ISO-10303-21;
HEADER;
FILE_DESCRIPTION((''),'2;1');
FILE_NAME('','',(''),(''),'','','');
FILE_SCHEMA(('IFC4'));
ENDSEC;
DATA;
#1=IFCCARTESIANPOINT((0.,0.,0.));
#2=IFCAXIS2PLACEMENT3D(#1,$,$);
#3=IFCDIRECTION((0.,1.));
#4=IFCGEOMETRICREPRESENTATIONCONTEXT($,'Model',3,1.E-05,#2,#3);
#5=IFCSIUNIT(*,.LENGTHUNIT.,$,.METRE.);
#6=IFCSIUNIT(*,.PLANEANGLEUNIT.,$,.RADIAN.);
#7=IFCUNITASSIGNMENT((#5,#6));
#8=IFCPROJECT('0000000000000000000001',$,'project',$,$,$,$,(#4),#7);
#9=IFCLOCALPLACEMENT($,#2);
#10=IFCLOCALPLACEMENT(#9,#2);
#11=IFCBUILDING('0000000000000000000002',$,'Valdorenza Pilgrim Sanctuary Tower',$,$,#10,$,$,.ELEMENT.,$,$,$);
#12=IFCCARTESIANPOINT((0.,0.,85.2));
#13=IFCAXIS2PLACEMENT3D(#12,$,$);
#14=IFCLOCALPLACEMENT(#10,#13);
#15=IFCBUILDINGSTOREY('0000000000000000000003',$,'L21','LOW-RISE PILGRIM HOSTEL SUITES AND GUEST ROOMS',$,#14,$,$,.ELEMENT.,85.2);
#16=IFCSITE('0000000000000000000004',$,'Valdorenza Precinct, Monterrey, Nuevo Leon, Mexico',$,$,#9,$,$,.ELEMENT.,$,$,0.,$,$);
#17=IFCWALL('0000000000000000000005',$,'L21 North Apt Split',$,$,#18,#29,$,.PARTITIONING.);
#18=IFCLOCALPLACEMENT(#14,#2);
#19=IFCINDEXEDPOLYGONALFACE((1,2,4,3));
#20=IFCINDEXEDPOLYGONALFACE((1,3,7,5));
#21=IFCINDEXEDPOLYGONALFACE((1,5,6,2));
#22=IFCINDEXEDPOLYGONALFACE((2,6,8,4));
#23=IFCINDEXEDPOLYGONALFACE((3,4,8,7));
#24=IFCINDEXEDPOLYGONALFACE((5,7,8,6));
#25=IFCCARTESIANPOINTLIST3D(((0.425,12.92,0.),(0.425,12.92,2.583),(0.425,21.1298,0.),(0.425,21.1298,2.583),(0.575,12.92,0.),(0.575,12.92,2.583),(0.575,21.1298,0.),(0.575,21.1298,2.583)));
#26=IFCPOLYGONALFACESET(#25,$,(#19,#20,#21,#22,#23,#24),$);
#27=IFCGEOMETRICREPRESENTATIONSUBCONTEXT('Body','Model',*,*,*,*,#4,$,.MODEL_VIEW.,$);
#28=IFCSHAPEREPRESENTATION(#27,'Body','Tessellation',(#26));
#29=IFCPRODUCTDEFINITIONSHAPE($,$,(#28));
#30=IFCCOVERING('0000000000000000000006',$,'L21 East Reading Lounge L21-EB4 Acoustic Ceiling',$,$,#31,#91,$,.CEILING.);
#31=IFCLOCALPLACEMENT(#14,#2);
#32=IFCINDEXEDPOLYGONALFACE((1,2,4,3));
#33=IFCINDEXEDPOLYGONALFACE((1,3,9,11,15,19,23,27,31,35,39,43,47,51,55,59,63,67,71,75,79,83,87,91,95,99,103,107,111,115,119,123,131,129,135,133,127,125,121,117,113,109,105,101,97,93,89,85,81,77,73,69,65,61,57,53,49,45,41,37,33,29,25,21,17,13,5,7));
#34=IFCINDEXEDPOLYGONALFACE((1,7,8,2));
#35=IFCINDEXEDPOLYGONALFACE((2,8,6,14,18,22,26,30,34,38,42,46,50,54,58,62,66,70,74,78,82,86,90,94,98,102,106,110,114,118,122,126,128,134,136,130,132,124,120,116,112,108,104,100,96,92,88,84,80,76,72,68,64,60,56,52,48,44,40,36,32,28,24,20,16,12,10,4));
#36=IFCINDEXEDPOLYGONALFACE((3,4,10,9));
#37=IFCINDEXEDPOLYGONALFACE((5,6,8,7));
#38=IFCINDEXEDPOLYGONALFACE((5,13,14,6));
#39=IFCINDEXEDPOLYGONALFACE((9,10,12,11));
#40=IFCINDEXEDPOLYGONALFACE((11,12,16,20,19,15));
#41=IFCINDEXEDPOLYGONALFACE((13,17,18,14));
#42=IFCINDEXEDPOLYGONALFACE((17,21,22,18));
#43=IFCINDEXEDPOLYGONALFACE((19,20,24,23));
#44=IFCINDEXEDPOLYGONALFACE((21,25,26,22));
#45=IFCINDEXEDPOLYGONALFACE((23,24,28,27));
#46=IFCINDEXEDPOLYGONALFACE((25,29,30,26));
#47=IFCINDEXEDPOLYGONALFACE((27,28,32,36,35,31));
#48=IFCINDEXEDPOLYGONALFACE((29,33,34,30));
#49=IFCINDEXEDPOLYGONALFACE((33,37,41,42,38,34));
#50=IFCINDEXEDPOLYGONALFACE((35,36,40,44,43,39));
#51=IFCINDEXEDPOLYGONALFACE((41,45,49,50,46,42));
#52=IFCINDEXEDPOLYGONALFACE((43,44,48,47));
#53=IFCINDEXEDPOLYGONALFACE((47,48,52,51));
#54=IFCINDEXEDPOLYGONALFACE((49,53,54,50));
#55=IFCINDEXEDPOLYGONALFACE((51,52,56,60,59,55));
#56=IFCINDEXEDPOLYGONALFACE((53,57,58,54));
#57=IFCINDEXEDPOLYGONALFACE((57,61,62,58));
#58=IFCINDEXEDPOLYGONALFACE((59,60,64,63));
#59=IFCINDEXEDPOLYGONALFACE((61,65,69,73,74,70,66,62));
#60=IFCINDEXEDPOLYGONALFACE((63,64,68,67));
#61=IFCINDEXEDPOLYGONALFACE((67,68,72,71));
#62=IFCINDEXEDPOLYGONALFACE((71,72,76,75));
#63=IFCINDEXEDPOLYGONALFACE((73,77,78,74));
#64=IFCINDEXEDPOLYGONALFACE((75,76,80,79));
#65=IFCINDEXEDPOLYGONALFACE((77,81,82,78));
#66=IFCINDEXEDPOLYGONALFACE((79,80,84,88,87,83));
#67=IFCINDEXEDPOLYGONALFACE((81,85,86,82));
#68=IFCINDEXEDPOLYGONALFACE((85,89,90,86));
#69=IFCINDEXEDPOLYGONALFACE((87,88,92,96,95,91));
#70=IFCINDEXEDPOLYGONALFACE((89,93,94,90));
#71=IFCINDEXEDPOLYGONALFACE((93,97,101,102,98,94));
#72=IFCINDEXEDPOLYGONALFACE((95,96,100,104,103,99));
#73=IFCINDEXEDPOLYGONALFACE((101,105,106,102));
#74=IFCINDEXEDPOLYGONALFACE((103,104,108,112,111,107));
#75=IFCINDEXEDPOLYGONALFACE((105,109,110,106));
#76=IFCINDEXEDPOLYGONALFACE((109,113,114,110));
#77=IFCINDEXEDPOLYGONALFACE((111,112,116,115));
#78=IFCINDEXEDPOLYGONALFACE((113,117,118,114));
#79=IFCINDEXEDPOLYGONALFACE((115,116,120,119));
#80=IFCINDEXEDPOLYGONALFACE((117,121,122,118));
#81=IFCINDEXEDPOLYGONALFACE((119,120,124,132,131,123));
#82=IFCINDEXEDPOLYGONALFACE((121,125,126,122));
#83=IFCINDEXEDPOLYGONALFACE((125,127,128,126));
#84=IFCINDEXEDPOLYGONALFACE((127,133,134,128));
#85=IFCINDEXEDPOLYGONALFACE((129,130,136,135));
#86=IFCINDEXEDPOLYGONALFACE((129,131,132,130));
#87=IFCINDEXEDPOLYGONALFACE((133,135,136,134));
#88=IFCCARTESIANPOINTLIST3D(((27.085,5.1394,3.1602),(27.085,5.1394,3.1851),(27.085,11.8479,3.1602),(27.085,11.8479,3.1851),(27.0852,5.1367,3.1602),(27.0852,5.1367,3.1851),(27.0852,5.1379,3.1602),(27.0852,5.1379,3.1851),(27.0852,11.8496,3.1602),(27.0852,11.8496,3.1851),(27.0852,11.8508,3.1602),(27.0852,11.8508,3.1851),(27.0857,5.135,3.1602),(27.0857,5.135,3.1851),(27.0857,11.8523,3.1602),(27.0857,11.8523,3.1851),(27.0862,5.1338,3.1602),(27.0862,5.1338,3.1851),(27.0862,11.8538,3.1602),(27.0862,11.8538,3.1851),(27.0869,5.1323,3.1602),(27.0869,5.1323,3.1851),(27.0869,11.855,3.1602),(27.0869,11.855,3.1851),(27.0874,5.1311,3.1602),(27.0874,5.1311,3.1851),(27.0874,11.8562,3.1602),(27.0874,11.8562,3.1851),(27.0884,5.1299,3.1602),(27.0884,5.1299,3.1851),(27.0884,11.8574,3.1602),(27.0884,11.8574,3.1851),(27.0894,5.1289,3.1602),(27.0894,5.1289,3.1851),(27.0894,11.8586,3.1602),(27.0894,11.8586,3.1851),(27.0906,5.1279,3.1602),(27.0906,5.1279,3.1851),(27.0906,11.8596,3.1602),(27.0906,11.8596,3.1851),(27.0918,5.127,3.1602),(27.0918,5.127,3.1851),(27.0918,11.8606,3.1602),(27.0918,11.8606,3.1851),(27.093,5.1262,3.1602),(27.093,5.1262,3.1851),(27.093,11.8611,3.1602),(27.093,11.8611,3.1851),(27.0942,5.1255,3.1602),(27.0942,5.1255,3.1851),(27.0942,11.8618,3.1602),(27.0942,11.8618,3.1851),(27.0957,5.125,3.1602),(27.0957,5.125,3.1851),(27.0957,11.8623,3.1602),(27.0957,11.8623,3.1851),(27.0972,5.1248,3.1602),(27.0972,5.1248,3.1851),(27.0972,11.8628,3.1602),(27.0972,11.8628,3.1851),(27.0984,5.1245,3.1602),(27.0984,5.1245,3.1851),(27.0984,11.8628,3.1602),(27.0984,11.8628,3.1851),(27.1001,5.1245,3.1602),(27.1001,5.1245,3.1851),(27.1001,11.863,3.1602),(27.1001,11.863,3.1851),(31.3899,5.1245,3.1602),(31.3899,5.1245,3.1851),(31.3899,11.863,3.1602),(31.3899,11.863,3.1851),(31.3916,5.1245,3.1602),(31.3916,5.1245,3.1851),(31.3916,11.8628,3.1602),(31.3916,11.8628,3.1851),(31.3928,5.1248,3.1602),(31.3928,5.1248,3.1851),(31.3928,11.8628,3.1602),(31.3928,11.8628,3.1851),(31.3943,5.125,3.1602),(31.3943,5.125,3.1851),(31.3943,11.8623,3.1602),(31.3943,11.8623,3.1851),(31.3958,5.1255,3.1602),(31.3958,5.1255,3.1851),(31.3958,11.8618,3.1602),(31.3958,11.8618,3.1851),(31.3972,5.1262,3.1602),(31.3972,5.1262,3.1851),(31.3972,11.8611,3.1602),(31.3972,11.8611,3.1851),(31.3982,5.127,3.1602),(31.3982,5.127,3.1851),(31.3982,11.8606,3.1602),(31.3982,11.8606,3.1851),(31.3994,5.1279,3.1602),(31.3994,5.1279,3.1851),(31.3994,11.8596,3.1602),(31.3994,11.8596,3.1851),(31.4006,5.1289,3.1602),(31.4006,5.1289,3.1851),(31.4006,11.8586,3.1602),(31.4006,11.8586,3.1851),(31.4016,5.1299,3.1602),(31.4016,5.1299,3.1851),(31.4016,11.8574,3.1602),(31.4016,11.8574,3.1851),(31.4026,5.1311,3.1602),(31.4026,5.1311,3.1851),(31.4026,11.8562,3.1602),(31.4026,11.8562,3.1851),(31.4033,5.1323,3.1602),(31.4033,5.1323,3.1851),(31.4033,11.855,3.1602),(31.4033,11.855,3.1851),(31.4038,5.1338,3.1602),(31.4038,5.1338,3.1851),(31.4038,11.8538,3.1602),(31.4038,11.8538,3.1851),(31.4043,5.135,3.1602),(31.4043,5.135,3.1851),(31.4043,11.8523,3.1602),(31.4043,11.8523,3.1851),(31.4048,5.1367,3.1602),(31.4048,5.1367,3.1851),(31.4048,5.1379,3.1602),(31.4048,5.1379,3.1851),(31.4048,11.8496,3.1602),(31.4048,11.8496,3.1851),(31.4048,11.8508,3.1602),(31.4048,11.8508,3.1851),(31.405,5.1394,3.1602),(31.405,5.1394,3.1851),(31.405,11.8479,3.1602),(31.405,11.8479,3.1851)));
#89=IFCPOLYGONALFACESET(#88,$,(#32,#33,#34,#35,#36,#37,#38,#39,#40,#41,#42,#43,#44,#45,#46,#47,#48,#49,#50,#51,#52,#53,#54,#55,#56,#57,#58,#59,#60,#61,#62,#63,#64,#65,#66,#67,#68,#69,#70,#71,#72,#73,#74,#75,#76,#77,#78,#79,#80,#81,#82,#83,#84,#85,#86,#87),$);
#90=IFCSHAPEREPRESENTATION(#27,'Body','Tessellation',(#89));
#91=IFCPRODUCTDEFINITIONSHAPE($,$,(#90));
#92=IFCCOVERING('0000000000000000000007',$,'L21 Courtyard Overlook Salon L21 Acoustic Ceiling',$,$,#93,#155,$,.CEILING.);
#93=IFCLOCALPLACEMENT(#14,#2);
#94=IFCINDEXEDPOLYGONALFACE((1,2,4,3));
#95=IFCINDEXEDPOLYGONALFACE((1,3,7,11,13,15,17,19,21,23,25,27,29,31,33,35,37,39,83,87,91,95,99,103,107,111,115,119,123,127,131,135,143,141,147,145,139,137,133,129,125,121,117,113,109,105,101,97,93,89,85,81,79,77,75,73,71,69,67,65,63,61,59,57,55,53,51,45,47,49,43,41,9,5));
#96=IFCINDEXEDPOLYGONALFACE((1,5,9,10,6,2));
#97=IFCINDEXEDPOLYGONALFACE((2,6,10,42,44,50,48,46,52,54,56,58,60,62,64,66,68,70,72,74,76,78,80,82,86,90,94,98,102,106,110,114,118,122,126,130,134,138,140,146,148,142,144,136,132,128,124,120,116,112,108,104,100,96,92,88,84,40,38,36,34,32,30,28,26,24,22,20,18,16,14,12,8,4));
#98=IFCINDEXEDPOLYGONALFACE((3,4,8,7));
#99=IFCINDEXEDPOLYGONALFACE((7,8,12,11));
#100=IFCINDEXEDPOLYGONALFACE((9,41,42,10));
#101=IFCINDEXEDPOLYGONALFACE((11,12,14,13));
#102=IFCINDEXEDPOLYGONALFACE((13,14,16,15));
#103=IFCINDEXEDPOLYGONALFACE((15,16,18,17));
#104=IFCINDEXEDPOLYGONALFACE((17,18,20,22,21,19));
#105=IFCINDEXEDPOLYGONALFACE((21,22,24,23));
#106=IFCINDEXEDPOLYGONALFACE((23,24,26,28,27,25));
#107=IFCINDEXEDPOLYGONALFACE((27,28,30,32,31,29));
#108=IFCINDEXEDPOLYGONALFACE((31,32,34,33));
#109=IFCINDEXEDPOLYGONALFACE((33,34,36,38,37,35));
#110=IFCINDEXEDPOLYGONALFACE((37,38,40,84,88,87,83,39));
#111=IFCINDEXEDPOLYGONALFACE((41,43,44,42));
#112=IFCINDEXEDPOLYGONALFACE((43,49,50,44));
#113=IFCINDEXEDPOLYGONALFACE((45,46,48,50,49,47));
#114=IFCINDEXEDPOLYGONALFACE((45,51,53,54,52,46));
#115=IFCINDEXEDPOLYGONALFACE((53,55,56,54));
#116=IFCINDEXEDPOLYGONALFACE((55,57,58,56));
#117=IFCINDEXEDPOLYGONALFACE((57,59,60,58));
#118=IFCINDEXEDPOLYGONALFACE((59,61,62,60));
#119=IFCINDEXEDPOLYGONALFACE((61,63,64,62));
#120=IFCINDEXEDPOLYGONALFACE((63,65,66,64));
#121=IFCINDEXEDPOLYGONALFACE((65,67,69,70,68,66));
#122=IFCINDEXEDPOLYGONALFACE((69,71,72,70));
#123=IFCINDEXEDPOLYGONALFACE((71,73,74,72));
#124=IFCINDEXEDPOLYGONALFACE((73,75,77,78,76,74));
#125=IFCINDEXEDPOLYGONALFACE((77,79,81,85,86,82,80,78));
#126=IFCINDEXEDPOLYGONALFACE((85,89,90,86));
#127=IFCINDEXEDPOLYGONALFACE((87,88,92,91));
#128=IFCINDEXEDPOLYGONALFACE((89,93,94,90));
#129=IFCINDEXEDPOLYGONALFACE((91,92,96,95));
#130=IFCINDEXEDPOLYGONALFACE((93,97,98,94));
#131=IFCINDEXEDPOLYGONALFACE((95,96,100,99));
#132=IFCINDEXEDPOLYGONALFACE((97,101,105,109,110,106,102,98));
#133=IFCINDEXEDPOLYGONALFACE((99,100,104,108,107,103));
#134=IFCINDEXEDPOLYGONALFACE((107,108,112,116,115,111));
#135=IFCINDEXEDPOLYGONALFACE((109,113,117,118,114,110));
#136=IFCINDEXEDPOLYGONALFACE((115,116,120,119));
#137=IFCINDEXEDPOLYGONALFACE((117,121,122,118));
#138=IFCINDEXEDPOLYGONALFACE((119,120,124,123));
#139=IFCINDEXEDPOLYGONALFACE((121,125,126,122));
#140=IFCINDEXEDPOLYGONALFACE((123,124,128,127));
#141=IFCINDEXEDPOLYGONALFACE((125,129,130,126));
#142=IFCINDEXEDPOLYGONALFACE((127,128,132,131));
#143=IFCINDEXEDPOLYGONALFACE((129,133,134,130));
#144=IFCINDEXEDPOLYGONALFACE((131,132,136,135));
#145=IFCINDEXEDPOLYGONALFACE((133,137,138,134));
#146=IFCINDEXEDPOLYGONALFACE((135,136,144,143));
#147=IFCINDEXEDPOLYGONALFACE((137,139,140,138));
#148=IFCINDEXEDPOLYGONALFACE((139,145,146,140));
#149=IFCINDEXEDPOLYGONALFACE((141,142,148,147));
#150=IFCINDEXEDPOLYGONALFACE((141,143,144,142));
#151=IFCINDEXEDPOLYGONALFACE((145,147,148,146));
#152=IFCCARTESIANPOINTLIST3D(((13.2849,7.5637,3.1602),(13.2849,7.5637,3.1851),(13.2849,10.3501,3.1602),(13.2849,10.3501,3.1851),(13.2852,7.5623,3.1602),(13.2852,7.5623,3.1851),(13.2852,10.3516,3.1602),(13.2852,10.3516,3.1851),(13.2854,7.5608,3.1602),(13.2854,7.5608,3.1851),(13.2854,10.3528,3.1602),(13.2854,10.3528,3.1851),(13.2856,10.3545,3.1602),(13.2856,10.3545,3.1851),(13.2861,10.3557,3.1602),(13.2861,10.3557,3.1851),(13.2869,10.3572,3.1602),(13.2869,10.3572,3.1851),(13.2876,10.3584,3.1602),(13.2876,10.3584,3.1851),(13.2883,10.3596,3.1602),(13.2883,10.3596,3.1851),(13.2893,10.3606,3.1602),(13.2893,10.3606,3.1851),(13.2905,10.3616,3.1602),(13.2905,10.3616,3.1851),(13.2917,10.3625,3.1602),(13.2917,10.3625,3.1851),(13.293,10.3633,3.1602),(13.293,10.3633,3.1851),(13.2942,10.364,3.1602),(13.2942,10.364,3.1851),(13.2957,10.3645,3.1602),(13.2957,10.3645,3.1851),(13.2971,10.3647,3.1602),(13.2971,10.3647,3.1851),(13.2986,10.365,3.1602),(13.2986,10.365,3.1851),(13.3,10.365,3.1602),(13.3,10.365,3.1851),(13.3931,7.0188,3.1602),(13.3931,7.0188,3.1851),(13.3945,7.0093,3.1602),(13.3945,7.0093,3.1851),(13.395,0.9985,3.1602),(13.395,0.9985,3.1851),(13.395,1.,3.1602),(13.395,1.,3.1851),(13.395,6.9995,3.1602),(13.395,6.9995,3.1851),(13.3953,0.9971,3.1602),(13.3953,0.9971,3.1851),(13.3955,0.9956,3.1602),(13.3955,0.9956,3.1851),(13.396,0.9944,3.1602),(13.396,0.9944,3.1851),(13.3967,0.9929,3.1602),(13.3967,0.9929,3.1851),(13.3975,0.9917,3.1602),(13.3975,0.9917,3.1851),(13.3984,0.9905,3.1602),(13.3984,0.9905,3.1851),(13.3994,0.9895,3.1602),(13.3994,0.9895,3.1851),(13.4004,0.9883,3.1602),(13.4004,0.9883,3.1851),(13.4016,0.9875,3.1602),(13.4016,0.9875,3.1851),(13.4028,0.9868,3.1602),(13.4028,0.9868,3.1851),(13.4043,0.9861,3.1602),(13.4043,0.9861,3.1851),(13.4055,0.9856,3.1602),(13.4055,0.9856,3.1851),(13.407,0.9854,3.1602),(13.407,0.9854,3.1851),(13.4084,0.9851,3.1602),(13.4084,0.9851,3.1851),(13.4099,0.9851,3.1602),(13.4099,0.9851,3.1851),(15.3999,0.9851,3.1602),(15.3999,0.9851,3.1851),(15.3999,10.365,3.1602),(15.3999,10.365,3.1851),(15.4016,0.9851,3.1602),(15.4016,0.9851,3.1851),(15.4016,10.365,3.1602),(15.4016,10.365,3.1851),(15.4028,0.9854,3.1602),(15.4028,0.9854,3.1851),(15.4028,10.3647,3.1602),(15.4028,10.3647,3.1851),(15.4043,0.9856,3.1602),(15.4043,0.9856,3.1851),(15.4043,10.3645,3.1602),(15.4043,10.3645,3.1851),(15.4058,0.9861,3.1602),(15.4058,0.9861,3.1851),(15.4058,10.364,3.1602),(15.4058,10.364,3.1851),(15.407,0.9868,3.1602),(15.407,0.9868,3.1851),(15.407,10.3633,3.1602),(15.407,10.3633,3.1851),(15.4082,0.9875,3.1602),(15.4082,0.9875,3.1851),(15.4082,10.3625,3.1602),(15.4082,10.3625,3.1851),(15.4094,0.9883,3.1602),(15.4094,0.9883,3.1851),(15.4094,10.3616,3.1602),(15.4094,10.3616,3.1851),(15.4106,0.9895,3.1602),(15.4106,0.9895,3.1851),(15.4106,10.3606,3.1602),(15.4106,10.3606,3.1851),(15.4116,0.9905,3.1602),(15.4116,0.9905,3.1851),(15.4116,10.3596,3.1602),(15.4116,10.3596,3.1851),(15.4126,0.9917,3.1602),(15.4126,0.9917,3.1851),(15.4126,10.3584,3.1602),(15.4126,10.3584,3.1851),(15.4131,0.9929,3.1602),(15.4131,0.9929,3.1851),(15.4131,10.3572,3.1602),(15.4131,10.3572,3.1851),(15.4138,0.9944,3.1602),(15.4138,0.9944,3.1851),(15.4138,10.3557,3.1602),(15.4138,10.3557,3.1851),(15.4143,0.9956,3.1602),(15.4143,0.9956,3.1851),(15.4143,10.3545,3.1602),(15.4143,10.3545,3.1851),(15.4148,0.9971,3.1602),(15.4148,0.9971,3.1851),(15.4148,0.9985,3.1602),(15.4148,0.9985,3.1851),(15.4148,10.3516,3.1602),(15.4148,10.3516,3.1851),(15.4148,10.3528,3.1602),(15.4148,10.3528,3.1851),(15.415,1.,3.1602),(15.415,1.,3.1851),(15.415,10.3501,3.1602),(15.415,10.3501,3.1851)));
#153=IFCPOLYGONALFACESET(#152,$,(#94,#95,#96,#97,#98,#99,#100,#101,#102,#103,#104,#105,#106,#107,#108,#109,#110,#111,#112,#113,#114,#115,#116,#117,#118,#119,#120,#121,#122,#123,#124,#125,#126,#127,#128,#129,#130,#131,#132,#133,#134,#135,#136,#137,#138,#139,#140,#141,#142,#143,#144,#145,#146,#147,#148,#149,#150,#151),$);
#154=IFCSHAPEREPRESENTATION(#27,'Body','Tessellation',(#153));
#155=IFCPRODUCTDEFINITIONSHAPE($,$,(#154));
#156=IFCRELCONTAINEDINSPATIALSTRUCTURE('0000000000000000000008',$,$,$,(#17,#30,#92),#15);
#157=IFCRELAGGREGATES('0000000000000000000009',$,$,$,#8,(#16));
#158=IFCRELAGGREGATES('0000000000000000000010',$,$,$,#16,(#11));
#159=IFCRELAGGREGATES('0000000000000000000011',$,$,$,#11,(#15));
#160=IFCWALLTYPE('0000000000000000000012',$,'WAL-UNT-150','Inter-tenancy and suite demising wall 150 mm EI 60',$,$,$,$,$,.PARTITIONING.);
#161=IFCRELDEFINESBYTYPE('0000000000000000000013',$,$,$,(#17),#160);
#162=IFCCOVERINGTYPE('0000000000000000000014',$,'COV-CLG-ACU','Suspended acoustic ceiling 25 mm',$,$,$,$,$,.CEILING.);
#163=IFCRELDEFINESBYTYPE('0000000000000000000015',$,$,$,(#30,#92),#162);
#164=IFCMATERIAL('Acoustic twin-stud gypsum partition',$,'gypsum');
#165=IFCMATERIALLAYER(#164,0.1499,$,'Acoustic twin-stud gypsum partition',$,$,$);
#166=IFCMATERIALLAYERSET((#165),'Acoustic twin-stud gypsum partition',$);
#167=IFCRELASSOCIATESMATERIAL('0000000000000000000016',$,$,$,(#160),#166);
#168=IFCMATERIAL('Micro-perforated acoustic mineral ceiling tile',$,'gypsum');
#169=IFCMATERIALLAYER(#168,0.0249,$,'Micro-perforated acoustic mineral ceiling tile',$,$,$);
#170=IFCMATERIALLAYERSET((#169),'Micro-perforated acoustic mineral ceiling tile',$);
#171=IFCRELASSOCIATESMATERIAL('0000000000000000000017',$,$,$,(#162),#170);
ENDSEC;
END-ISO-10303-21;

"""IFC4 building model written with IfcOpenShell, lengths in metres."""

from ifc_helpers import new_model, si_unit, direction, frame, frame_2d, origin, place, context, subcontext, project, spatial, polyline, rectangle, outline, extrude, material, layer, layer_set, type_object, element, save


model = new_model("IFC4")

# Units and contexts
model_context = context("Model", 3, precision=1e-05, world=origin(), true_north=direction((0.0, 1.0)))
body_context = subcontext(model_context, "Body", "Model", "MODEL_VIEW")
ifc_project = project(units=[si_unit("LENGTHUNIT", "METRE"), si_unit("PLANEANGLEUNIT", "RADIAN")], contexts=[model_context])

# Site, building, storey
site_placement = place(None, origin())
site = spatial("IfcSite", under=ifc_project, at=site_placement, Name="Valdorenza Precinct, Monterrey, Nuevo Leon, Mexico", CompositionType="ELEMENT", RefElevation=0.0)
building_placement = place(site_placement, origin())
building = spatial("IfcBuilding", under=site, at=building_placement, Name="Valdorenza Pilgrim Sanctuary Tower", CompositionType="ELEMENT")
storey_placement = place(building_placement, frame((0.0, 0.0, 85.2)))
storey = spatial("IfcBuildingStorey", under=building, at=storey_placement, Name="L21", Description="LOW-RISE PILGRIM HOSTEL SUITES AND GUEST ROOMS", CompositionType="ELEMENT", Elevation=85.2)

# Wall
ifc_material_1 = material(Name="Acoustic twin-stud gypsum partition", Category="gypsum")
ifc_layer_1 = layer(ifc_material_1, 0.1499, Name="Acoustic twin-stud gypsum partition")
ifc_layer_set_1 = layer_set([ifc_layer_1], Name="Acoustic twin-stud gypsum partition")
wall_type_1 = type_object("IfcWallType", Name="WAL-UNT-150", Description="Inter-tenancy and suite demising wall 150 mm EI 60", PredefinedType="PARTITIONING", material=ifc_layer_set_1)
wall_1_placement = place(storey_placement, frame((0.5, 12.9199, 0.0), z_axis=(0.0, 0.0, 1.0), x_axis=(0.0, 1.0, 0.0)))
element("IfcWall", 1, at=wall_1_placement, inside=storey, type_object=wall_type_1, Name="L21 North Apt Split", PredefinedType="PARTITIONING", context=body_context, shape_type="SweptSolid", body=[
    extrude(rectangle(XDim=8.2097, YDim=0.1499, at=frame_2d((4.105, 0.0))), origin(), (0.0, 0.0, 1.0), 2.583),
])

# Coverings
ifc_material_2 = material(Name="Micro-perforated acoustic mineral ceiling tile", Category="gypsum")
ifc_layer_2 = layer(ifc_material_2, 0.0249, Name="Micro-perforated acoustic mineral ceiling tile")
ifc_layer_set_2 = layer_set([ifc_layer_2], Name="Micro-perforated acoustic mineral ceiling tile")
covering_type_1 = type_object("IfcCoveringType", Name="COV-CLG-ACU", Description="Suspended acoustic ceiling 25 mm", PredefinedType="CEILING", material=ifc_layer_set_2)
covering_1_placement = place(storey_placement, frame((0.0, 0.0, 3.1602)))
element("IfcCovering", 2, at=covering_1_placement, inside=storey, type_object=covering_type_1, Name="L21 East Reading Lounge L21-EB4 Acoustic Ceiling", PredefinedType="CEILING", context=body_context, shape_type="SweptSolid", body=[
    extrude(outline(polyline([(27.085, 11.8479), (27.0852, 11.8496), (27.0852, 11.8508), (27.0857, 11.8523), (27.0862, 11.8538), (27.0869, 11.855), (27.0874, 11.8562), (27.0884, 11.8574), (27.0894, 11.8586), (27.0906, 11.8596), (27.0918, 11.8606), (27.093, 11.8611), (27.0942, 11.8618), (27.0957, 11.8623), (27.0972, 11.8628), (27.0984, 11.8628), (27.1001, 11.863), (31.3899, 11.863), (31.3916, 11.8628), (31.3928, 11.8628), (31.3943, 11.8623), (31.3958, 11.8618), (31.3972, 11.8611), (31.3982, 11.8606), (31.3994, 11.8596), (31.4006, 11.8586), (31.4016, 11.8574), (31.4026, 11.8562), (31.4033, 11.855), (31.4038, 11.8538), (31.4043, 11.8523), (31.4048, 11.8508), (31.4048, 11.8496), (31.405, 11.8479), (31.405, 5.1394), (31.4048, 5.1379), (31.4048, 5.1367), (31.4043, 5.135), (31.4038, 5.1338), (31.4033, 5.1323), (31.4026, 5.1311), (31.4016, 5.1299), (31.4006, 5.1289), (31.3994, 5.1279), (31.3982, 5.127), (31.3972, 5.1262), (31.3958, 5.1255), (31.3943, 5.125), (31.3928, 5.1248), (31.3916, 5.1245), (31.3899, 5.1245), (27.1001, 5.1245), (27.0984, 5.1245), (27.0972, 5.1248), (27.0957, 5.125), (27.0942, 5.1255), (27.093, 5.1262), (27.0918, 5.127), (27.0906, 5.1279), (27.0894, 5.1289), (27.0884, 5.1299), (27.0874, 5.1311), (27.0869, 5.1323), (27.0862, 5.1338), (27.0857, 5.135), (27.0852, 5.1367), (27.0852, 5.1379), (27.085, 5.1394), (27.085, 11.8479)])), origin(), (0.0, 0.0, 1.0), 0.0249),
])
covering_2_placement = place(storey_placement, frame((0.0, 0.0, 3.1602)))
element("IfcCovering", 3, at=covering_2_placement, inside=storey, type_object=covering_type_1, Name="L21 Courtyard Overlook Salon L21 Acoustic Ceiling", PredefinedType="CEILING", context=body_context, shape_type="SweptSolid", body=[
    extrude(outline(polyline([(15.3999, 10.365), (15.4016, 10.365), (15.4028, 10.3647), (15.4043, 10.3645), (15.4058, 10.364), (15.407, 10.3633), (15.4082, 10.3625), (15.4094, 10.3616), (15.4106, 10.3606), (15.4116, 10.3596), (15.4126, 10.3584), (15.4131, 10.3572), (15.4138, 10.3557), (15.4143, 10.3545), (15.4148, 10.3528), (15.4148, 10.3516), (15.415, 10.3501), (15.415, 1.0), (15.4148, 0.9985), (15.4148, 0.9971), (15.4143, 0.9956), (15.4138, 0.9944), (15.4131, 0.9929), (15.4126, 0.9917), (15.4116, 0.9905), (15.4106, 0.9895), (15.4094, 0.9883), (15.4082, 0.9875), (15.407, 0.9868), (15.4058, 0.9861), (15.4043, 0.9856), (15.4028, 0.9854), (15.4016, 0.9851), (15.3999, 0.9851), (13.4099, 0.9851), (13.4084, 0.9851), (13.407, 0.9854), (13.4055, 0.9856), (13.4043, 0.9861), (13.4028, 0.9868), (13.4016, 0.9875), (13.4004, 0.9883), (13.3994, 0.9895), (13.3984, 0.9905), (13.3975, 0.9917), (13.3967, 0.9929), (13.396, 0.9944), (13.3955, 0.9956), (13.3953, 0.9971), (13.395, 0.9985), (13.395, 1.0), (13.395, 6.9995), (13.3945, 7.0093), (13.3931, 7.0188), (13.2854, 7.5608), (13.2852, 7.5623), (13.2849, 7.5637), (13.2849, 10.3501), (13.2852, 10.3516), (13.2854, 10.3528), (13.2856, 10.3545), (13.2861, 10.3557), (13.2869, 10.3572), (13.2876, 10.3584), (13.2883, 10.3596), (13.2893, 10.3606), (13.2905, 10.3616), (13.2917, 10.3625), (13.293, 10.3633), (13.2942, 10.364), (13.2957, 10.3645), (13.2971, 10.3647), (13.2986, 10.365), (13.3, 10.365), (15.3999, 10.365)])), origin(), (0.0, 0.0, 1.0), 0.0249),
])

save(model, "model.ifc")
